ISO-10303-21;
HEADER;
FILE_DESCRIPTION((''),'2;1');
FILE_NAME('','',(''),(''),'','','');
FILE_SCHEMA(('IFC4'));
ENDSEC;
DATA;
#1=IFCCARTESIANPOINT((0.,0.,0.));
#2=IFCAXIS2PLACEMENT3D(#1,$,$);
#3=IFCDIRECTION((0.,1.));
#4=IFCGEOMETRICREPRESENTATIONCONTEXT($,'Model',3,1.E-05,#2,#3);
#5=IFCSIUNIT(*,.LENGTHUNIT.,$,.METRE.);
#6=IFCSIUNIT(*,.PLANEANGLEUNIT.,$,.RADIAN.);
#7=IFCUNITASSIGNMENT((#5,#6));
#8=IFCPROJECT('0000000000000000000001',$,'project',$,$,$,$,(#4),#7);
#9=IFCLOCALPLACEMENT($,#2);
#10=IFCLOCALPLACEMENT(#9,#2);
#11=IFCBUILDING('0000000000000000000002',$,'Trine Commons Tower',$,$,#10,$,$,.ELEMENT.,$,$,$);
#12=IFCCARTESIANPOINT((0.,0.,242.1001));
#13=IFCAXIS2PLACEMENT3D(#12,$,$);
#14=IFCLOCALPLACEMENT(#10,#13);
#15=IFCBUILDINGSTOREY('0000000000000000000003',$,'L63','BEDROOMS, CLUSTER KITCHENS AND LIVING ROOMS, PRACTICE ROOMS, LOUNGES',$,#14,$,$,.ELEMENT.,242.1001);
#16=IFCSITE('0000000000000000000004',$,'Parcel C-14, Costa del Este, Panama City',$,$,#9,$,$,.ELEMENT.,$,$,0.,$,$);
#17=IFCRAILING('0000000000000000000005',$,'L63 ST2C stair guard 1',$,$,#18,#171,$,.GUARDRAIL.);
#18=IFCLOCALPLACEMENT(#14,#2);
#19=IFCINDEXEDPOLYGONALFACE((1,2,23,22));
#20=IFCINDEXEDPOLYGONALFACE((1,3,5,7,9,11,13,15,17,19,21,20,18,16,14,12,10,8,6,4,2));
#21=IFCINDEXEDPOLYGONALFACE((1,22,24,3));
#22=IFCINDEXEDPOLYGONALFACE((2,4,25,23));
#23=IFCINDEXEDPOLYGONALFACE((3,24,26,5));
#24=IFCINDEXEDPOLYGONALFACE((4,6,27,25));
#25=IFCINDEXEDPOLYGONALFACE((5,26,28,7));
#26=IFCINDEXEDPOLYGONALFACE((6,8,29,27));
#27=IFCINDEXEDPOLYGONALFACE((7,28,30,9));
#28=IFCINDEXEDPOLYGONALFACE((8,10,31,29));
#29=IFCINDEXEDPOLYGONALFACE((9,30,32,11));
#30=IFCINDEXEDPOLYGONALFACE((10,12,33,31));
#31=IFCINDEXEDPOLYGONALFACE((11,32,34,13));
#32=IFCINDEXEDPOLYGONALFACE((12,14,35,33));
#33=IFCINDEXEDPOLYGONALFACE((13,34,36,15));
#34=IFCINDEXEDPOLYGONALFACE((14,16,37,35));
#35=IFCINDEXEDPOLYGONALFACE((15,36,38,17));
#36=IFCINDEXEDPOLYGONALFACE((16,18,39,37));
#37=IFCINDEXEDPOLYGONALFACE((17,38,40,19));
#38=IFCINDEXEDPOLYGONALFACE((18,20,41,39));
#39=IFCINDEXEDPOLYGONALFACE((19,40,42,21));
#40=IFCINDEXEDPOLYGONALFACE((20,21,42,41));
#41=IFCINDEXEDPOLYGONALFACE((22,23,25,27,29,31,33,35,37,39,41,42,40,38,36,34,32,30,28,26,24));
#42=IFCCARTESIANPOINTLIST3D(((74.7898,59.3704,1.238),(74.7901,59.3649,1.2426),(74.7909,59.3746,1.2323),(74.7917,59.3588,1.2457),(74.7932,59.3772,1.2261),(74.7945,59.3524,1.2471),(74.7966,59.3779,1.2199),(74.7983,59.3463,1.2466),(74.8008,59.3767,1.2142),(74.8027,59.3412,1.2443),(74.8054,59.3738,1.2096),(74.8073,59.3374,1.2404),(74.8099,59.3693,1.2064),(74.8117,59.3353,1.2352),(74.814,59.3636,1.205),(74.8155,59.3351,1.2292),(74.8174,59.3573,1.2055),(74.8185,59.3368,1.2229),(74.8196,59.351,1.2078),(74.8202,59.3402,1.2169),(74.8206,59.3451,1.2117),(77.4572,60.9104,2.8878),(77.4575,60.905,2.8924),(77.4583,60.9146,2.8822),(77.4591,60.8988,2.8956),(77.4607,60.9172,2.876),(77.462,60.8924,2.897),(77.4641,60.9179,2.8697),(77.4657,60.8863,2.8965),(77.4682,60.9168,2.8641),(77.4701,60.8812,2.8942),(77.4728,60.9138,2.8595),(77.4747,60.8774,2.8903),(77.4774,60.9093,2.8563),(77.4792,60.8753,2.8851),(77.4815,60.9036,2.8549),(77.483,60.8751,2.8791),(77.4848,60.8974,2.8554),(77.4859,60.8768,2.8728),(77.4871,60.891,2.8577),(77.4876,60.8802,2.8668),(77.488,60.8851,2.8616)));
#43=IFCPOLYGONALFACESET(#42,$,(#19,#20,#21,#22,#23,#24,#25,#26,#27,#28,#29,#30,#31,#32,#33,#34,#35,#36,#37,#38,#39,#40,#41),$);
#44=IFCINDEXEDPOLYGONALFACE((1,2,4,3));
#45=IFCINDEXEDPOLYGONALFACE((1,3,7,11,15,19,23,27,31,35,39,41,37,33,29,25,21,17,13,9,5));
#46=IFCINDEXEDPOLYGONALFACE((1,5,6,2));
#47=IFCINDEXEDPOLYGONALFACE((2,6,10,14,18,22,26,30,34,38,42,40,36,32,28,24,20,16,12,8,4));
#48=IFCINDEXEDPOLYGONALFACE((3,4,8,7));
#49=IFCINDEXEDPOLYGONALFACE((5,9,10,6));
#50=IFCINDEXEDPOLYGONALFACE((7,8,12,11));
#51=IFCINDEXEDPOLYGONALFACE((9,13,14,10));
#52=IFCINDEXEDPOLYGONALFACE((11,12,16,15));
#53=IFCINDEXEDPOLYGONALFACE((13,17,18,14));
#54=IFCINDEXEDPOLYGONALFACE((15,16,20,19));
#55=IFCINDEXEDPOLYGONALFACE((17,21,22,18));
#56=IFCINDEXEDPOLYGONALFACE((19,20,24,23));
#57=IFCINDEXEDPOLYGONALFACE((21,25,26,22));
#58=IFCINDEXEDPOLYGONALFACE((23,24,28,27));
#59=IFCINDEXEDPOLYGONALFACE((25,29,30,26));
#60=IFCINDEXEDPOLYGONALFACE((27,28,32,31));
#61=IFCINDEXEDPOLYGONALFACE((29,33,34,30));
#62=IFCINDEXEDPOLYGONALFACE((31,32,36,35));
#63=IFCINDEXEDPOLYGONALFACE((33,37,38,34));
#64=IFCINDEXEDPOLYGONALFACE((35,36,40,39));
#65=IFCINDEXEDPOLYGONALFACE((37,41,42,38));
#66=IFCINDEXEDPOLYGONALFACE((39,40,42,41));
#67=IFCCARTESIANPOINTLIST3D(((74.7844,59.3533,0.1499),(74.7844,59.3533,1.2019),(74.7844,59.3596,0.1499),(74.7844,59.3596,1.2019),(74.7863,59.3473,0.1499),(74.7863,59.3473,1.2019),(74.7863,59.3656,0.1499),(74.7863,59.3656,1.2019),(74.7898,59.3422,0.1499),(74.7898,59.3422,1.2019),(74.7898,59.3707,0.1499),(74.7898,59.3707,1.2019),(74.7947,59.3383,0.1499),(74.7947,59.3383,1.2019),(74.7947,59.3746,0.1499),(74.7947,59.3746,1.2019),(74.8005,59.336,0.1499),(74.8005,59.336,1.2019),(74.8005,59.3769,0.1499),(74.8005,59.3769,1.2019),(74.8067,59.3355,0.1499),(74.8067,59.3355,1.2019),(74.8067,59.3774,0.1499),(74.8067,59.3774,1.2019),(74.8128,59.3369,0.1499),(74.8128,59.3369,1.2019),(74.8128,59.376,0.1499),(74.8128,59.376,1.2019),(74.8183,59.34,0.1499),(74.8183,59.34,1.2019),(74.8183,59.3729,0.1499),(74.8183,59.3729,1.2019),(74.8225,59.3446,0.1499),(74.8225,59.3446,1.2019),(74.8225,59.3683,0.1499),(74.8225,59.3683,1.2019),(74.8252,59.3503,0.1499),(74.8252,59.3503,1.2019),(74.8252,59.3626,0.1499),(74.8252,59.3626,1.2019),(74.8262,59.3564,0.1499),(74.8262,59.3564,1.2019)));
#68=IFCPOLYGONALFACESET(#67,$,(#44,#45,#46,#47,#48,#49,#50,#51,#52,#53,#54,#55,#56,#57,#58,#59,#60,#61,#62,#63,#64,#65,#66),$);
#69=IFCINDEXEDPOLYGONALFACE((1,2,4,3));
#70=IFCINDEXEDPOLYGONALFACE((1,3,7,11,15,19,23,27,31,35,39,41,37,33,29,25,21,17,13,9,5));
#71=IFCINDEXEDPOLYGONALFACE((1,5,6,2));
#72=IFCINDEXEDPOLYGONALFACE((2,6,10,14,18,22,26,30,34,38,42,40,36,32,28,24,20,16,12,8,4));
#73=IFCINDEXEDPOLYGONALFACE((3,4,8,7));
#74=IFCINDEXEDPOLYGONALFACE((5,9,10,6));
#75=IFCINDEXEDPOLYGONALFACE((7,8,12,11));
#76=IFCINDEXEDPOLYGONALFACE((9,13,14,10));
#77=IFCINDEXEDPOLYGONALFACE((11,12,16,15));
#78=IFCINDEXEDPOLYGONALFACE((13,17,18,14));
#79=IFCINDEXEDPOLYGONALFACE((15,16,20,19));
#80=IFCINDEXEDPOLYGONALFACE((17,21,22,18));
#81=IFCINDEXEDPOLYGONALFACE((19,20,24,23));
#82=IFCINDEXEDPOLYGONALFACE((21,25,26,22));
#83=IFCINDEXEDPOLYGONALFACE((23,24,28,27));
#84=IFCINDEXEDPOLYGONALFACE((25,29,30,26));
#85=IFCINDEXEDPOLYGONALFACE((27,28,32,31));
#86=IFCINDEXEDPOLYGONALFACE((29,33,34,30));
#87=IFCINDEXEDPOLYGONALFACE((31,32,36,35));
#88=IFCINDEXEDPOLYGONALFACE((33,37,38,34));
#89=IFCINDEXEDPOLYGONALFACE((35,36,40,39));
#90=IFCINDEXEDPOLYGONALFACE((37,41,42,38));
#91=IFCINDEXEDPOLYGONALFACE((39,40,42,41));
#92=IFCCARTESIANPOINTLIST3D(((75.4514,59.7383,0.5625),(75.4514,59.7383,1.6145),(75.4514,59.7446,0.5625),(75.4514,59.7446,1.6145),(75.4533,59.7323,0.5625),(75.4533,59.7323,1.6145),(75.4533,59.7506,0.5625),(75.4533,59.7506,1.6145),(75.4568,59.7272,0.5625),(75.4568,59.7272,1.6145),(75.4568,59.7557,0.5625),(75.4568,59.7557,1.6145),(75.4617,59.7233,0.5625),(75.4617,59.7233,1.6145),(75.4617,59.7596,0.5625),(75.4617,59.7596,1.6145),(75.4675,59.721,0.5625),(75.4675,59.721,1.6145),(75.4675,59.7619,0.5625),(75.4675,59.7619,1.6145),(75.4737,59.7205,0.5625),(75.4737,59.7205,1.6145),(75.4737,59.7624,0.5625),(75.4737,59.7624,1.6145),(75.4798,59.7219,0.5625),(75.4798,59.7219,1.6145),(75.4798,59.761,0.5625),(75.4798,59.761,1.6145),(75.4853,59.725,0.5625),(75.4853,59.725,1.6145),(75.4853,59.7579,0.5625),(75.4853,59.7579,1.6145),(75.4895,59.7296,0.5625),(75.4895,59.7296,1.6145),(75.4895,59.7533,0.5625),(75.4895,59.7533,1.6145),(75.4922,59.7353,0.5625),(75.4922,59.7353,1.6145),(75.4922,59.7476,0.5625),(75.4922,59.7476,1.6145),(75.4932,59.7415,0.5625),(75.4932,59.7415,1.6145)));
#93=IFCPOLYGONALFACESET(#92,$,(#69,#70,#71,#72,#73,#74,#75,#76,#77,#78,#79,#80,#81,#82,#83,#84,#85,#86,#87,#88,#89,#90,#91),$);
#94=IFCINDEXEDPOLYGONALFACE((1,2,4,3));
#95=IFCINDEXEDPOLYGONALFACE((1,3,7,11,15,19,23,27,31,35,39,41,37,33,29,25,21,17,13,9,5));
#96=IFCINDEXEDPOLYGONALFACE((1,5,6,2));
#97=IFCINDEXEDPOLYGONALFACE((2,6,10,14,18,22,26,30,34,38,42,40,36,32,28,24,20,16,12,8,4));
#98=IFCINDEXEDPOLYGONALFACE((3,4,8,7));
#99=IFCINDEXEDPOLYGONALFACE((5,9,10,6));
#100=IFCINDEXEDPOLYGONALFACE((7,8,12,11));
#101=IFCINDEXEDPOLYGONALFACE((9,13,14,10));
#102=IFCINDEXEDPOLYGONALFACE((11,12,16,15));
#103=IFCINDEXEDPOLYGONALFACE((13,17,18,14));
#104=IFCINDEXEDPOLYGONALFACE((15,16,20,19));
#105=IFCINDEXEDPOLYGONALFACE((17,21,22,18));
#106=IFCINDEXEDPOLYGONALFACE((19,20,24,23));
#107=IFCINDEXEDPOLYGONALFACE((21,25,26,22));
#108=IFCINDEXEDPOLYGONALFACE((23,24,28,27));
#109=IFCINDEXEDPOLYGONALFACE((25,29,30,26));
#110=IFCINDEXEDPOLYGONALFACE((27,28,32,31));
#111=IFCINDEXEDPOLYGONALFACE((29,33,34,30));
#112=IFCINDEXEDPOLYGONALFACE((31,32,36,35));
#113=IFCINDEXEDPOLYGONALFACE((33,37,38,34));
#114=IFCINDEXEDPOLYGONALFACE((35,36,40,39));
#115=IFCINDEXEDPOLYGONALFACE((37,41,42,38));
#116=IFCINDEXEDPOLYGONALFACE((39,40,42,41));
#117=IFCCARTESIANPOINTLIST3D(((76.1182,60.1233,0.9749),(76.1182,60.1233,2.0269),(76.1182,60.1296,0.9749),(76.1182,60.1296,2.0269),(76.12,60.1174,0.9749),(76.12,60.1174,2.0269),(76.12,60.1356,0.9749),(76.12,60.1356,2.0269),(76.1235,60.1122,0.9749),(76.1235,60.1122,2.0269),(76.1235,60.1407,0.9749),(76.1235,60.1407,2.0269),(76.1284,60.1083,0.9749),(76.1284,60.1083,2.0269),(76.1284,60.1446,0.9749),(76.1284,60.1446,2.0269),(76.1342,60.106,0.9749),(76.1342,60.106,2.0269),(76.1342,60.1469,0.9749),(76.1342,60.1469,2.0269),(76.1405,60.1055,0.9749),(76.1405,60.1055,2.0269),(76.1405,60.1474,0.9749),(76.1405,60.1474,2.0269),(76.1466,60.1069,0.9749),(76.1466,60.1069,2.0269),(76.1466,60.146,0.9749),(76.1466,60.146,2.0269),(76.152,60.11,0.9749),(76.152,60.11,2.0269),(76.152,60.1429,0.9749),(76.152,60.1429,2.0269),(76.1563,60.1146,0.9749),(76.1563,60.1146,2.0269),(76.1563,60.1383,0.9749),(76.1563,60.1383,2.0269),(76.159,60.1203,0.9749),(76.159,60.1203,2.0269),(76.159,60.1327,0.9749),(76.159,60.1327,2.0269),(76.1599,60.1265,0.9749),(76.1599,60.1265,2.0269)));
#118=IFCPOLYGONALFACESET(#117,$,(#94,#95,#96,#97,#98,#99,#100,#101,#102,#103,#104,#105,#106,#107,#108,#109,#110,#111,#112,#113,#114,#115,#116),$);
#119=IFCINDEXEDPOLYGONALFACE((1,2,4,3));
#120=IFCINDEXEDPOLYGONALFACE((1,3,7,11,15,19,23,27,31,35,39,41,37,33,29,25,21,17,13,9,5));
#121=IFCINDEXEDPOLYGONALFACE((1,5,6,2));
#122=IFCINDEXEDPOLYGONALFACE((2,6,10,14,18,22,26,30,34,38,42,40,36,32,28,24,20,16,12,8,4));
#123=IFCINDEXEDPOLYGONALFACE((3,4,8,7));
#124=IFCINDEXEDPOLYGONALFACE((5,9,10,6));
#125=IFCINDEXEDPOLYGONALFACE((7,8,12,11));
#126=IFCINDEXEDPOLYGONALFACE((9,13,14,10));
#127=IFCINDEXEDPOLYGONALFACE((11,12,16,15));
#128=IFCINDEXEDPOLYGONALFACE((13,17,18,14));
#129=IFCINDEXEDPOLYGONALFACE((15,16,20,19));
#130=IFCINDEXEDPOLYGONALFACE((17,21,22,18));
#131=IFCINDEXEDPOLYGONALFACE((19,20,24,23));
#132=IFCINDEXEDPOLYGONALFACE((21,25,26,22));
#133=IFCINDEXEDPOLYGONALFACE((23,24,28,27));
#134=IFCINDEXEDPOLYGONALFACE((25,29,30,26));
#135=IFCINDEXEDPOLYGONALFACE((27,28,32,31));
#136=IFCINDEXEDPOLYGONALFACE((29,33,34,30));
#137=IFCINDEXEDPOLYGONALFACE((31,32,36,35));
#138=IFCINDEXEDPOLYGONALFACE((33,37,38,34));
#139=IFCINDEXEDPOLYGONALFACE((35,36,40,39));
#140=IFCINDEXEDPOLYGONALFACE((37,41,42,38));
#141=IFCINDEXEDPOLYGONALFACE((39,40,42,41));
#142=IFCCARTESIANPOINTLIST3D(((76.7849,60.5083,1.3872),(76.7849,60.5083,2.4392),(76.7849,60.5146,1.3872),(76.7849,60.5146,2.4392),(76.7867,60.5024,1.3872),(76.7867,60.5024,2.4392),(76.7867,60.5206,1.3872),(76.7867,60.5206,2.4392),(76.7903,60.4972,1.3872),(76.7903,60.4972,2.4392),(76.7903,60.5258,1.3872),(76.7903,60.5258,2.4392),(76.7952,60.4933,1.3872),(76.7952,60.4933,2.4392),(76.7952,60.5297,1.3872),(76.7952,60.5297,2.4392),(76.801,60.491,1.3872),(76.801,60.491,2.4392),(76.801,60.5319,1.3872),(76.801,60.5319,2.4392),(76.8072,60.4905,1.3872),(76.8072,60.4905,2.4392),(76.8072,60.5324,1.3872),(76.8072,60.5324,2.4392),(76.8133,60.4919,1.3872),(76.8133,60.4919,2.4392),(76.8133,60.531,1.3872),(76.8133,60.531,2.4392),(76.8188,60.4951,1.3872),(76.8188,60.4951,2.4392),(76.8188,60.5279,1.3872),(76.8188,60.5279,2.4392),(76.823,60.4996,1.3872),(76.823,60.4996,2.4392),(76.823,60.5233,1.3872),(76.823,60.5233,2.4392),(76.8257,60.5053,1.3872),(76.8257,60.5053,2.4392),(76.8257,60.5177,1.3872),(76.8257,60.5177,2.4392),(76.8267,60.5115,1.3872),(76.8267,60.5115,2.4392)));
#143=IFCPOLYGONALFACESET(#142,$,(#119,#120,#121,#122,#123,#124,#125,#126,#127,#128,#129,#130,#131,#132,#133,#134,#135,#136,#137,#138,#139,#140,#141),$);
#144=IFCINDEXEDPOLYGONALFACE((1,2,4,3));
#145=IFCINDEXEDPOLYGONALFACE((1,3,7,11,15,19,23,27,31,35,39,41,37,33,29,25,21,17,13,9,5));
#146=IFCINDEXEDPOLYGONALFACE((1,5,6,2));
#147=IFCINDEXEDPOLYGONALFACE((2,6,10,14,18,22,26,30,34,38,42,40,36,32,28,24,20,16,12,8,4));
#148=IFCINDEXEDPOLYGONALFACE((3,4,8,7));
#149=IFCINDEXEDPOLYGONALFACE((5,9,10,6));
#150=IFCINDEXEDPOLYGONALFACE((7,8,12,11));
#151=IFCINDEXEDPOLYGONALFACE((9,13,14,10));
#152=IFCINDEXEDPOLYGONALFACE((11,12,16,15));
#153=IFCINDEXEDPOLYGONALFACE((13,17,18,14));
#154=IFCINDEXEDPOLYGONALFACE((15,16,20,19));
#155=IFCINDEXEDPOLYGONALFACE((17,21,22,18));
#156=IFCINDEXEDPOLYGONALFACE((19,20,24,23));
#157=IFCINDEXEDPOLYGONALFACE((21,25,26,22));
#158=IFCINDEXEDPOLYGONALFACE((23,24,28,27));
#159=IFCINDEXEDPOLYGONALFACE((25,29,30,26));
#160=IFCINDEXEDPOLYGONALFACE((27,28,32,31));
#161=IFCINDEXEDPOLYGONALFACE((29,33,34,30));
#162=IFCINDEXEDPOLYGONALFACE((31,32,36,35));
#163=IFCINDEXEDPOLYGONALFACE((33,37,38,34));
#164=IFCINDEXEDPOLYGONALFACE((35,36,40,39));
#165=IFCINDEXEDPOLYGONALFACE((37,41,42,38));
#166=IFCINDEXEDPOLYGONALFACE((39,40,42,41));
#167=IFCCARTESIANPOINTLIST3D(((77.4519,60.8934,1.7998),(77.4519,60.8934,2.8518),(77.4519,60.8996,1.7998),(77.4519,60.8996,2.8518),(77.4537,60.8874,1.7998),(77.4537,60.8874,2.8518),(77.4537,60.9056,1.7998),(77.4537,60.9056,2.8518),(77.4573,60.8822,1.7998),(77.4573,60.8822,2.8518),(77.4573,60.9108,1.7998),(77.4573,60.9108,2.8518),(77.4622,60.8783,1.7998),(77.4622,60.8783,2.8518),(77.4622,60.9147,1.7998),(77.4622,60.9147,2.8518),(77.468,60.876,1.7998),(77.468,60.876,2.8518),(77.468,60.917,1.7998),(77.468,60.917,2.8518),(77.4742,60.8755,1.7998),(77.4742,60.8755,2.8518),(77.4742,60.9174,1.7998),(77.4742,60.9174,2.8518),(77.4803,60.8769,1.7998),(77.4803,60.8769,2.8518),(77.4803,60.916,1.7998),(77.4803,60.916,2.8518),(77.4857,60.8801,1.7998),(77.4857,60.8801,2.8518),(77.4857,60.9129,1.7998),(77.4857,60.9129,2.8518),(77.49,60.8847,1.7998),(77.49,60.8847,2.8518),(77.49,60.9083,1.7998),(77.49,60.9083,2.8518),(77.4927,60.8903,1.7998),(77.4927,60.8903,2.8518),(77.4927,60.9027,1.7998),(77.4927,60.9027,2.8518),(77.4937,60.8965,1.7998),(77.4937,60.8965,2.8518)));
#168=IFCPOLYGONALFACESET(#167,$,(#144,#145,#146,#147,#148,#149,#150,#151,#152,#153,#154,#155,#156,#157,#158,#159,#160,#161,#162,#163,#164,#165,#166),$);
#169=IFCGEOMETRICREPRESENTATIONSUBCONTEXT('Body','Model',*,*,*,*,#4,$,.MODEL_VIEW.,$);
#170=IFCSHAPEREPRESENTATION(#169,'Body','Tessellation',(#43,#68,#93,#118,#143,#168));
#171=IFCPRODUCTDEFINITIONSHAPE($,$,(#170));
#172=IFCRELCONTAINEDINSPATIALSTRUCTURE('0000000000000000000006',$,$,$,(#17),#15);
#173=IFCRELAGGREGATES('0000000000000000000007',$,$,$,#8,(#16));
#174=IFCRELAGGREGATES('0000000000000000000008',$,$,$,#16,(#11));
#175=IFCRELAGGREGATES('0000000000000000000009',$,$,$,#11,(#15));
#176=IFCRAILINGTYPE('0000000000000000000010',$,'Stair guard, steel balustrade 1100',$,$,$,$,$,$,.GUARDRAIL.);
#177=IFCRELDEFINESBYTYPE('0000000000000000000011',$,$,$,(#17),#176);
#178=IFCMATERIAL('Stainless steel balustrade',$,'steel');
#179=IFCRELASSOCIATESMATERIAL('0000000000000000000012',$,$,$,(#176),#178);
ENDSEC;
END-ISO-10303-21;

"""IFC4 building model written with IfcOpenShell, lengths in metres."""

from ifc_helpers import new_model, si_unit, direction, frame, origin, origin_2d, place, context, subcontext, project, spatial, circle, extrude, material, type_object, element, save


model = new_model("IFC4")

# Units and contexts
model_context = context("Model", 3, precision=1e-05, world=origin(), true_north=direction((0.0, 1.0)))
body_context = subcontext(model_context, "Body", "Model", "MODEL_VIEW")
ifc_project = project(units=[si_unit("LENGTHUNIT", "METRE"), si_unit("PLANEANGLEUNIT", "RADIAN")], contexts=[model_context])

# Site, building, storey
site_placement = place(None, origin())
site = spatial("IfcSite", under=ifc_project, at=site_placement, Name="Parcel C-14, Costa del Este, Panama City", CompositionType="ELEMENT", RefElevation=0.0)
building_placement = place(site_placement, origin())
building = spatial("IfcBuilding", under=site, at=building_placement, Name="Trine Commons Tower", CompositionType="ELEMENT")
storey_placement = place(building_placement, frame((0.0, 0.0, 242.1001)))
storey = spatial("IfcBuildingStorey", under=building, at=storey_placement, Name="L63", Description="BEDROOMS, CLUSTER KITCHENS AND LIVING ROOMS, PRACTICE ROOMS, LOUNGES", CompositionType="ELEMENT", Elevation=242.1001)

# Railing
ifc_material_1 = material(Name="Stainless steel balustrade", Category="steel")
railing_type_1 = type_object("IfcRailingType", Name="Stair guard, steel balustrade 1100", PredefinedType="GUARDRAIL", material=ifc_material_1)
railing_1_placement = place(storey_placement, frame((74.8052, 59.3564, 0.1499)))
element("IfcRailing", 1, at=railing_1_placement, inside=storey, type_object=railing_type_1, Name="L63 ST2C stair guard 1", PredefinedType="GUARDRAIL", context=body_context, shape_type="SweptSolid", body=[
    extrude(circle(Radius=0.0239, at=origin_2d()), frame((0.0, 0.0, 1.0762), z_axis=(0.763405, 0.440743, 0.472185), x_axis=(-0.499992, 0.86603, 0.0)), (0.0, 0.0, 1.0), 3.4941),
    extrude(circle(Radius=0.021, at=origin_2d()), origin(), (0.0, 0.0, 1.0), 1.052),
    extrude(circle(Radius=0.021, at=origin_2d()), frame((0.667, 0.385, 0.4126)), (0.0, 0.0, 1.0), 1.052),
    extrude(circle(Radius=0.021, at=origin_2d()), frame((1.3337, 0.77, 0.825)), (0.0, 0.0, 1.0), 1.052),
    extrude(circle(Radius=0.021, at=origin_2d()), frame((2.0005, 1.155, 1.2373)), (0.0, 0.0, 1.0), 1.052),
    extrude(circle(Radius=0.021, at=origin_2d()), frame((2.6675, 1.54, 1.6499)), (0.0, 0.0, 1.0), 1.052),
])

save(model, "model.ifc")
